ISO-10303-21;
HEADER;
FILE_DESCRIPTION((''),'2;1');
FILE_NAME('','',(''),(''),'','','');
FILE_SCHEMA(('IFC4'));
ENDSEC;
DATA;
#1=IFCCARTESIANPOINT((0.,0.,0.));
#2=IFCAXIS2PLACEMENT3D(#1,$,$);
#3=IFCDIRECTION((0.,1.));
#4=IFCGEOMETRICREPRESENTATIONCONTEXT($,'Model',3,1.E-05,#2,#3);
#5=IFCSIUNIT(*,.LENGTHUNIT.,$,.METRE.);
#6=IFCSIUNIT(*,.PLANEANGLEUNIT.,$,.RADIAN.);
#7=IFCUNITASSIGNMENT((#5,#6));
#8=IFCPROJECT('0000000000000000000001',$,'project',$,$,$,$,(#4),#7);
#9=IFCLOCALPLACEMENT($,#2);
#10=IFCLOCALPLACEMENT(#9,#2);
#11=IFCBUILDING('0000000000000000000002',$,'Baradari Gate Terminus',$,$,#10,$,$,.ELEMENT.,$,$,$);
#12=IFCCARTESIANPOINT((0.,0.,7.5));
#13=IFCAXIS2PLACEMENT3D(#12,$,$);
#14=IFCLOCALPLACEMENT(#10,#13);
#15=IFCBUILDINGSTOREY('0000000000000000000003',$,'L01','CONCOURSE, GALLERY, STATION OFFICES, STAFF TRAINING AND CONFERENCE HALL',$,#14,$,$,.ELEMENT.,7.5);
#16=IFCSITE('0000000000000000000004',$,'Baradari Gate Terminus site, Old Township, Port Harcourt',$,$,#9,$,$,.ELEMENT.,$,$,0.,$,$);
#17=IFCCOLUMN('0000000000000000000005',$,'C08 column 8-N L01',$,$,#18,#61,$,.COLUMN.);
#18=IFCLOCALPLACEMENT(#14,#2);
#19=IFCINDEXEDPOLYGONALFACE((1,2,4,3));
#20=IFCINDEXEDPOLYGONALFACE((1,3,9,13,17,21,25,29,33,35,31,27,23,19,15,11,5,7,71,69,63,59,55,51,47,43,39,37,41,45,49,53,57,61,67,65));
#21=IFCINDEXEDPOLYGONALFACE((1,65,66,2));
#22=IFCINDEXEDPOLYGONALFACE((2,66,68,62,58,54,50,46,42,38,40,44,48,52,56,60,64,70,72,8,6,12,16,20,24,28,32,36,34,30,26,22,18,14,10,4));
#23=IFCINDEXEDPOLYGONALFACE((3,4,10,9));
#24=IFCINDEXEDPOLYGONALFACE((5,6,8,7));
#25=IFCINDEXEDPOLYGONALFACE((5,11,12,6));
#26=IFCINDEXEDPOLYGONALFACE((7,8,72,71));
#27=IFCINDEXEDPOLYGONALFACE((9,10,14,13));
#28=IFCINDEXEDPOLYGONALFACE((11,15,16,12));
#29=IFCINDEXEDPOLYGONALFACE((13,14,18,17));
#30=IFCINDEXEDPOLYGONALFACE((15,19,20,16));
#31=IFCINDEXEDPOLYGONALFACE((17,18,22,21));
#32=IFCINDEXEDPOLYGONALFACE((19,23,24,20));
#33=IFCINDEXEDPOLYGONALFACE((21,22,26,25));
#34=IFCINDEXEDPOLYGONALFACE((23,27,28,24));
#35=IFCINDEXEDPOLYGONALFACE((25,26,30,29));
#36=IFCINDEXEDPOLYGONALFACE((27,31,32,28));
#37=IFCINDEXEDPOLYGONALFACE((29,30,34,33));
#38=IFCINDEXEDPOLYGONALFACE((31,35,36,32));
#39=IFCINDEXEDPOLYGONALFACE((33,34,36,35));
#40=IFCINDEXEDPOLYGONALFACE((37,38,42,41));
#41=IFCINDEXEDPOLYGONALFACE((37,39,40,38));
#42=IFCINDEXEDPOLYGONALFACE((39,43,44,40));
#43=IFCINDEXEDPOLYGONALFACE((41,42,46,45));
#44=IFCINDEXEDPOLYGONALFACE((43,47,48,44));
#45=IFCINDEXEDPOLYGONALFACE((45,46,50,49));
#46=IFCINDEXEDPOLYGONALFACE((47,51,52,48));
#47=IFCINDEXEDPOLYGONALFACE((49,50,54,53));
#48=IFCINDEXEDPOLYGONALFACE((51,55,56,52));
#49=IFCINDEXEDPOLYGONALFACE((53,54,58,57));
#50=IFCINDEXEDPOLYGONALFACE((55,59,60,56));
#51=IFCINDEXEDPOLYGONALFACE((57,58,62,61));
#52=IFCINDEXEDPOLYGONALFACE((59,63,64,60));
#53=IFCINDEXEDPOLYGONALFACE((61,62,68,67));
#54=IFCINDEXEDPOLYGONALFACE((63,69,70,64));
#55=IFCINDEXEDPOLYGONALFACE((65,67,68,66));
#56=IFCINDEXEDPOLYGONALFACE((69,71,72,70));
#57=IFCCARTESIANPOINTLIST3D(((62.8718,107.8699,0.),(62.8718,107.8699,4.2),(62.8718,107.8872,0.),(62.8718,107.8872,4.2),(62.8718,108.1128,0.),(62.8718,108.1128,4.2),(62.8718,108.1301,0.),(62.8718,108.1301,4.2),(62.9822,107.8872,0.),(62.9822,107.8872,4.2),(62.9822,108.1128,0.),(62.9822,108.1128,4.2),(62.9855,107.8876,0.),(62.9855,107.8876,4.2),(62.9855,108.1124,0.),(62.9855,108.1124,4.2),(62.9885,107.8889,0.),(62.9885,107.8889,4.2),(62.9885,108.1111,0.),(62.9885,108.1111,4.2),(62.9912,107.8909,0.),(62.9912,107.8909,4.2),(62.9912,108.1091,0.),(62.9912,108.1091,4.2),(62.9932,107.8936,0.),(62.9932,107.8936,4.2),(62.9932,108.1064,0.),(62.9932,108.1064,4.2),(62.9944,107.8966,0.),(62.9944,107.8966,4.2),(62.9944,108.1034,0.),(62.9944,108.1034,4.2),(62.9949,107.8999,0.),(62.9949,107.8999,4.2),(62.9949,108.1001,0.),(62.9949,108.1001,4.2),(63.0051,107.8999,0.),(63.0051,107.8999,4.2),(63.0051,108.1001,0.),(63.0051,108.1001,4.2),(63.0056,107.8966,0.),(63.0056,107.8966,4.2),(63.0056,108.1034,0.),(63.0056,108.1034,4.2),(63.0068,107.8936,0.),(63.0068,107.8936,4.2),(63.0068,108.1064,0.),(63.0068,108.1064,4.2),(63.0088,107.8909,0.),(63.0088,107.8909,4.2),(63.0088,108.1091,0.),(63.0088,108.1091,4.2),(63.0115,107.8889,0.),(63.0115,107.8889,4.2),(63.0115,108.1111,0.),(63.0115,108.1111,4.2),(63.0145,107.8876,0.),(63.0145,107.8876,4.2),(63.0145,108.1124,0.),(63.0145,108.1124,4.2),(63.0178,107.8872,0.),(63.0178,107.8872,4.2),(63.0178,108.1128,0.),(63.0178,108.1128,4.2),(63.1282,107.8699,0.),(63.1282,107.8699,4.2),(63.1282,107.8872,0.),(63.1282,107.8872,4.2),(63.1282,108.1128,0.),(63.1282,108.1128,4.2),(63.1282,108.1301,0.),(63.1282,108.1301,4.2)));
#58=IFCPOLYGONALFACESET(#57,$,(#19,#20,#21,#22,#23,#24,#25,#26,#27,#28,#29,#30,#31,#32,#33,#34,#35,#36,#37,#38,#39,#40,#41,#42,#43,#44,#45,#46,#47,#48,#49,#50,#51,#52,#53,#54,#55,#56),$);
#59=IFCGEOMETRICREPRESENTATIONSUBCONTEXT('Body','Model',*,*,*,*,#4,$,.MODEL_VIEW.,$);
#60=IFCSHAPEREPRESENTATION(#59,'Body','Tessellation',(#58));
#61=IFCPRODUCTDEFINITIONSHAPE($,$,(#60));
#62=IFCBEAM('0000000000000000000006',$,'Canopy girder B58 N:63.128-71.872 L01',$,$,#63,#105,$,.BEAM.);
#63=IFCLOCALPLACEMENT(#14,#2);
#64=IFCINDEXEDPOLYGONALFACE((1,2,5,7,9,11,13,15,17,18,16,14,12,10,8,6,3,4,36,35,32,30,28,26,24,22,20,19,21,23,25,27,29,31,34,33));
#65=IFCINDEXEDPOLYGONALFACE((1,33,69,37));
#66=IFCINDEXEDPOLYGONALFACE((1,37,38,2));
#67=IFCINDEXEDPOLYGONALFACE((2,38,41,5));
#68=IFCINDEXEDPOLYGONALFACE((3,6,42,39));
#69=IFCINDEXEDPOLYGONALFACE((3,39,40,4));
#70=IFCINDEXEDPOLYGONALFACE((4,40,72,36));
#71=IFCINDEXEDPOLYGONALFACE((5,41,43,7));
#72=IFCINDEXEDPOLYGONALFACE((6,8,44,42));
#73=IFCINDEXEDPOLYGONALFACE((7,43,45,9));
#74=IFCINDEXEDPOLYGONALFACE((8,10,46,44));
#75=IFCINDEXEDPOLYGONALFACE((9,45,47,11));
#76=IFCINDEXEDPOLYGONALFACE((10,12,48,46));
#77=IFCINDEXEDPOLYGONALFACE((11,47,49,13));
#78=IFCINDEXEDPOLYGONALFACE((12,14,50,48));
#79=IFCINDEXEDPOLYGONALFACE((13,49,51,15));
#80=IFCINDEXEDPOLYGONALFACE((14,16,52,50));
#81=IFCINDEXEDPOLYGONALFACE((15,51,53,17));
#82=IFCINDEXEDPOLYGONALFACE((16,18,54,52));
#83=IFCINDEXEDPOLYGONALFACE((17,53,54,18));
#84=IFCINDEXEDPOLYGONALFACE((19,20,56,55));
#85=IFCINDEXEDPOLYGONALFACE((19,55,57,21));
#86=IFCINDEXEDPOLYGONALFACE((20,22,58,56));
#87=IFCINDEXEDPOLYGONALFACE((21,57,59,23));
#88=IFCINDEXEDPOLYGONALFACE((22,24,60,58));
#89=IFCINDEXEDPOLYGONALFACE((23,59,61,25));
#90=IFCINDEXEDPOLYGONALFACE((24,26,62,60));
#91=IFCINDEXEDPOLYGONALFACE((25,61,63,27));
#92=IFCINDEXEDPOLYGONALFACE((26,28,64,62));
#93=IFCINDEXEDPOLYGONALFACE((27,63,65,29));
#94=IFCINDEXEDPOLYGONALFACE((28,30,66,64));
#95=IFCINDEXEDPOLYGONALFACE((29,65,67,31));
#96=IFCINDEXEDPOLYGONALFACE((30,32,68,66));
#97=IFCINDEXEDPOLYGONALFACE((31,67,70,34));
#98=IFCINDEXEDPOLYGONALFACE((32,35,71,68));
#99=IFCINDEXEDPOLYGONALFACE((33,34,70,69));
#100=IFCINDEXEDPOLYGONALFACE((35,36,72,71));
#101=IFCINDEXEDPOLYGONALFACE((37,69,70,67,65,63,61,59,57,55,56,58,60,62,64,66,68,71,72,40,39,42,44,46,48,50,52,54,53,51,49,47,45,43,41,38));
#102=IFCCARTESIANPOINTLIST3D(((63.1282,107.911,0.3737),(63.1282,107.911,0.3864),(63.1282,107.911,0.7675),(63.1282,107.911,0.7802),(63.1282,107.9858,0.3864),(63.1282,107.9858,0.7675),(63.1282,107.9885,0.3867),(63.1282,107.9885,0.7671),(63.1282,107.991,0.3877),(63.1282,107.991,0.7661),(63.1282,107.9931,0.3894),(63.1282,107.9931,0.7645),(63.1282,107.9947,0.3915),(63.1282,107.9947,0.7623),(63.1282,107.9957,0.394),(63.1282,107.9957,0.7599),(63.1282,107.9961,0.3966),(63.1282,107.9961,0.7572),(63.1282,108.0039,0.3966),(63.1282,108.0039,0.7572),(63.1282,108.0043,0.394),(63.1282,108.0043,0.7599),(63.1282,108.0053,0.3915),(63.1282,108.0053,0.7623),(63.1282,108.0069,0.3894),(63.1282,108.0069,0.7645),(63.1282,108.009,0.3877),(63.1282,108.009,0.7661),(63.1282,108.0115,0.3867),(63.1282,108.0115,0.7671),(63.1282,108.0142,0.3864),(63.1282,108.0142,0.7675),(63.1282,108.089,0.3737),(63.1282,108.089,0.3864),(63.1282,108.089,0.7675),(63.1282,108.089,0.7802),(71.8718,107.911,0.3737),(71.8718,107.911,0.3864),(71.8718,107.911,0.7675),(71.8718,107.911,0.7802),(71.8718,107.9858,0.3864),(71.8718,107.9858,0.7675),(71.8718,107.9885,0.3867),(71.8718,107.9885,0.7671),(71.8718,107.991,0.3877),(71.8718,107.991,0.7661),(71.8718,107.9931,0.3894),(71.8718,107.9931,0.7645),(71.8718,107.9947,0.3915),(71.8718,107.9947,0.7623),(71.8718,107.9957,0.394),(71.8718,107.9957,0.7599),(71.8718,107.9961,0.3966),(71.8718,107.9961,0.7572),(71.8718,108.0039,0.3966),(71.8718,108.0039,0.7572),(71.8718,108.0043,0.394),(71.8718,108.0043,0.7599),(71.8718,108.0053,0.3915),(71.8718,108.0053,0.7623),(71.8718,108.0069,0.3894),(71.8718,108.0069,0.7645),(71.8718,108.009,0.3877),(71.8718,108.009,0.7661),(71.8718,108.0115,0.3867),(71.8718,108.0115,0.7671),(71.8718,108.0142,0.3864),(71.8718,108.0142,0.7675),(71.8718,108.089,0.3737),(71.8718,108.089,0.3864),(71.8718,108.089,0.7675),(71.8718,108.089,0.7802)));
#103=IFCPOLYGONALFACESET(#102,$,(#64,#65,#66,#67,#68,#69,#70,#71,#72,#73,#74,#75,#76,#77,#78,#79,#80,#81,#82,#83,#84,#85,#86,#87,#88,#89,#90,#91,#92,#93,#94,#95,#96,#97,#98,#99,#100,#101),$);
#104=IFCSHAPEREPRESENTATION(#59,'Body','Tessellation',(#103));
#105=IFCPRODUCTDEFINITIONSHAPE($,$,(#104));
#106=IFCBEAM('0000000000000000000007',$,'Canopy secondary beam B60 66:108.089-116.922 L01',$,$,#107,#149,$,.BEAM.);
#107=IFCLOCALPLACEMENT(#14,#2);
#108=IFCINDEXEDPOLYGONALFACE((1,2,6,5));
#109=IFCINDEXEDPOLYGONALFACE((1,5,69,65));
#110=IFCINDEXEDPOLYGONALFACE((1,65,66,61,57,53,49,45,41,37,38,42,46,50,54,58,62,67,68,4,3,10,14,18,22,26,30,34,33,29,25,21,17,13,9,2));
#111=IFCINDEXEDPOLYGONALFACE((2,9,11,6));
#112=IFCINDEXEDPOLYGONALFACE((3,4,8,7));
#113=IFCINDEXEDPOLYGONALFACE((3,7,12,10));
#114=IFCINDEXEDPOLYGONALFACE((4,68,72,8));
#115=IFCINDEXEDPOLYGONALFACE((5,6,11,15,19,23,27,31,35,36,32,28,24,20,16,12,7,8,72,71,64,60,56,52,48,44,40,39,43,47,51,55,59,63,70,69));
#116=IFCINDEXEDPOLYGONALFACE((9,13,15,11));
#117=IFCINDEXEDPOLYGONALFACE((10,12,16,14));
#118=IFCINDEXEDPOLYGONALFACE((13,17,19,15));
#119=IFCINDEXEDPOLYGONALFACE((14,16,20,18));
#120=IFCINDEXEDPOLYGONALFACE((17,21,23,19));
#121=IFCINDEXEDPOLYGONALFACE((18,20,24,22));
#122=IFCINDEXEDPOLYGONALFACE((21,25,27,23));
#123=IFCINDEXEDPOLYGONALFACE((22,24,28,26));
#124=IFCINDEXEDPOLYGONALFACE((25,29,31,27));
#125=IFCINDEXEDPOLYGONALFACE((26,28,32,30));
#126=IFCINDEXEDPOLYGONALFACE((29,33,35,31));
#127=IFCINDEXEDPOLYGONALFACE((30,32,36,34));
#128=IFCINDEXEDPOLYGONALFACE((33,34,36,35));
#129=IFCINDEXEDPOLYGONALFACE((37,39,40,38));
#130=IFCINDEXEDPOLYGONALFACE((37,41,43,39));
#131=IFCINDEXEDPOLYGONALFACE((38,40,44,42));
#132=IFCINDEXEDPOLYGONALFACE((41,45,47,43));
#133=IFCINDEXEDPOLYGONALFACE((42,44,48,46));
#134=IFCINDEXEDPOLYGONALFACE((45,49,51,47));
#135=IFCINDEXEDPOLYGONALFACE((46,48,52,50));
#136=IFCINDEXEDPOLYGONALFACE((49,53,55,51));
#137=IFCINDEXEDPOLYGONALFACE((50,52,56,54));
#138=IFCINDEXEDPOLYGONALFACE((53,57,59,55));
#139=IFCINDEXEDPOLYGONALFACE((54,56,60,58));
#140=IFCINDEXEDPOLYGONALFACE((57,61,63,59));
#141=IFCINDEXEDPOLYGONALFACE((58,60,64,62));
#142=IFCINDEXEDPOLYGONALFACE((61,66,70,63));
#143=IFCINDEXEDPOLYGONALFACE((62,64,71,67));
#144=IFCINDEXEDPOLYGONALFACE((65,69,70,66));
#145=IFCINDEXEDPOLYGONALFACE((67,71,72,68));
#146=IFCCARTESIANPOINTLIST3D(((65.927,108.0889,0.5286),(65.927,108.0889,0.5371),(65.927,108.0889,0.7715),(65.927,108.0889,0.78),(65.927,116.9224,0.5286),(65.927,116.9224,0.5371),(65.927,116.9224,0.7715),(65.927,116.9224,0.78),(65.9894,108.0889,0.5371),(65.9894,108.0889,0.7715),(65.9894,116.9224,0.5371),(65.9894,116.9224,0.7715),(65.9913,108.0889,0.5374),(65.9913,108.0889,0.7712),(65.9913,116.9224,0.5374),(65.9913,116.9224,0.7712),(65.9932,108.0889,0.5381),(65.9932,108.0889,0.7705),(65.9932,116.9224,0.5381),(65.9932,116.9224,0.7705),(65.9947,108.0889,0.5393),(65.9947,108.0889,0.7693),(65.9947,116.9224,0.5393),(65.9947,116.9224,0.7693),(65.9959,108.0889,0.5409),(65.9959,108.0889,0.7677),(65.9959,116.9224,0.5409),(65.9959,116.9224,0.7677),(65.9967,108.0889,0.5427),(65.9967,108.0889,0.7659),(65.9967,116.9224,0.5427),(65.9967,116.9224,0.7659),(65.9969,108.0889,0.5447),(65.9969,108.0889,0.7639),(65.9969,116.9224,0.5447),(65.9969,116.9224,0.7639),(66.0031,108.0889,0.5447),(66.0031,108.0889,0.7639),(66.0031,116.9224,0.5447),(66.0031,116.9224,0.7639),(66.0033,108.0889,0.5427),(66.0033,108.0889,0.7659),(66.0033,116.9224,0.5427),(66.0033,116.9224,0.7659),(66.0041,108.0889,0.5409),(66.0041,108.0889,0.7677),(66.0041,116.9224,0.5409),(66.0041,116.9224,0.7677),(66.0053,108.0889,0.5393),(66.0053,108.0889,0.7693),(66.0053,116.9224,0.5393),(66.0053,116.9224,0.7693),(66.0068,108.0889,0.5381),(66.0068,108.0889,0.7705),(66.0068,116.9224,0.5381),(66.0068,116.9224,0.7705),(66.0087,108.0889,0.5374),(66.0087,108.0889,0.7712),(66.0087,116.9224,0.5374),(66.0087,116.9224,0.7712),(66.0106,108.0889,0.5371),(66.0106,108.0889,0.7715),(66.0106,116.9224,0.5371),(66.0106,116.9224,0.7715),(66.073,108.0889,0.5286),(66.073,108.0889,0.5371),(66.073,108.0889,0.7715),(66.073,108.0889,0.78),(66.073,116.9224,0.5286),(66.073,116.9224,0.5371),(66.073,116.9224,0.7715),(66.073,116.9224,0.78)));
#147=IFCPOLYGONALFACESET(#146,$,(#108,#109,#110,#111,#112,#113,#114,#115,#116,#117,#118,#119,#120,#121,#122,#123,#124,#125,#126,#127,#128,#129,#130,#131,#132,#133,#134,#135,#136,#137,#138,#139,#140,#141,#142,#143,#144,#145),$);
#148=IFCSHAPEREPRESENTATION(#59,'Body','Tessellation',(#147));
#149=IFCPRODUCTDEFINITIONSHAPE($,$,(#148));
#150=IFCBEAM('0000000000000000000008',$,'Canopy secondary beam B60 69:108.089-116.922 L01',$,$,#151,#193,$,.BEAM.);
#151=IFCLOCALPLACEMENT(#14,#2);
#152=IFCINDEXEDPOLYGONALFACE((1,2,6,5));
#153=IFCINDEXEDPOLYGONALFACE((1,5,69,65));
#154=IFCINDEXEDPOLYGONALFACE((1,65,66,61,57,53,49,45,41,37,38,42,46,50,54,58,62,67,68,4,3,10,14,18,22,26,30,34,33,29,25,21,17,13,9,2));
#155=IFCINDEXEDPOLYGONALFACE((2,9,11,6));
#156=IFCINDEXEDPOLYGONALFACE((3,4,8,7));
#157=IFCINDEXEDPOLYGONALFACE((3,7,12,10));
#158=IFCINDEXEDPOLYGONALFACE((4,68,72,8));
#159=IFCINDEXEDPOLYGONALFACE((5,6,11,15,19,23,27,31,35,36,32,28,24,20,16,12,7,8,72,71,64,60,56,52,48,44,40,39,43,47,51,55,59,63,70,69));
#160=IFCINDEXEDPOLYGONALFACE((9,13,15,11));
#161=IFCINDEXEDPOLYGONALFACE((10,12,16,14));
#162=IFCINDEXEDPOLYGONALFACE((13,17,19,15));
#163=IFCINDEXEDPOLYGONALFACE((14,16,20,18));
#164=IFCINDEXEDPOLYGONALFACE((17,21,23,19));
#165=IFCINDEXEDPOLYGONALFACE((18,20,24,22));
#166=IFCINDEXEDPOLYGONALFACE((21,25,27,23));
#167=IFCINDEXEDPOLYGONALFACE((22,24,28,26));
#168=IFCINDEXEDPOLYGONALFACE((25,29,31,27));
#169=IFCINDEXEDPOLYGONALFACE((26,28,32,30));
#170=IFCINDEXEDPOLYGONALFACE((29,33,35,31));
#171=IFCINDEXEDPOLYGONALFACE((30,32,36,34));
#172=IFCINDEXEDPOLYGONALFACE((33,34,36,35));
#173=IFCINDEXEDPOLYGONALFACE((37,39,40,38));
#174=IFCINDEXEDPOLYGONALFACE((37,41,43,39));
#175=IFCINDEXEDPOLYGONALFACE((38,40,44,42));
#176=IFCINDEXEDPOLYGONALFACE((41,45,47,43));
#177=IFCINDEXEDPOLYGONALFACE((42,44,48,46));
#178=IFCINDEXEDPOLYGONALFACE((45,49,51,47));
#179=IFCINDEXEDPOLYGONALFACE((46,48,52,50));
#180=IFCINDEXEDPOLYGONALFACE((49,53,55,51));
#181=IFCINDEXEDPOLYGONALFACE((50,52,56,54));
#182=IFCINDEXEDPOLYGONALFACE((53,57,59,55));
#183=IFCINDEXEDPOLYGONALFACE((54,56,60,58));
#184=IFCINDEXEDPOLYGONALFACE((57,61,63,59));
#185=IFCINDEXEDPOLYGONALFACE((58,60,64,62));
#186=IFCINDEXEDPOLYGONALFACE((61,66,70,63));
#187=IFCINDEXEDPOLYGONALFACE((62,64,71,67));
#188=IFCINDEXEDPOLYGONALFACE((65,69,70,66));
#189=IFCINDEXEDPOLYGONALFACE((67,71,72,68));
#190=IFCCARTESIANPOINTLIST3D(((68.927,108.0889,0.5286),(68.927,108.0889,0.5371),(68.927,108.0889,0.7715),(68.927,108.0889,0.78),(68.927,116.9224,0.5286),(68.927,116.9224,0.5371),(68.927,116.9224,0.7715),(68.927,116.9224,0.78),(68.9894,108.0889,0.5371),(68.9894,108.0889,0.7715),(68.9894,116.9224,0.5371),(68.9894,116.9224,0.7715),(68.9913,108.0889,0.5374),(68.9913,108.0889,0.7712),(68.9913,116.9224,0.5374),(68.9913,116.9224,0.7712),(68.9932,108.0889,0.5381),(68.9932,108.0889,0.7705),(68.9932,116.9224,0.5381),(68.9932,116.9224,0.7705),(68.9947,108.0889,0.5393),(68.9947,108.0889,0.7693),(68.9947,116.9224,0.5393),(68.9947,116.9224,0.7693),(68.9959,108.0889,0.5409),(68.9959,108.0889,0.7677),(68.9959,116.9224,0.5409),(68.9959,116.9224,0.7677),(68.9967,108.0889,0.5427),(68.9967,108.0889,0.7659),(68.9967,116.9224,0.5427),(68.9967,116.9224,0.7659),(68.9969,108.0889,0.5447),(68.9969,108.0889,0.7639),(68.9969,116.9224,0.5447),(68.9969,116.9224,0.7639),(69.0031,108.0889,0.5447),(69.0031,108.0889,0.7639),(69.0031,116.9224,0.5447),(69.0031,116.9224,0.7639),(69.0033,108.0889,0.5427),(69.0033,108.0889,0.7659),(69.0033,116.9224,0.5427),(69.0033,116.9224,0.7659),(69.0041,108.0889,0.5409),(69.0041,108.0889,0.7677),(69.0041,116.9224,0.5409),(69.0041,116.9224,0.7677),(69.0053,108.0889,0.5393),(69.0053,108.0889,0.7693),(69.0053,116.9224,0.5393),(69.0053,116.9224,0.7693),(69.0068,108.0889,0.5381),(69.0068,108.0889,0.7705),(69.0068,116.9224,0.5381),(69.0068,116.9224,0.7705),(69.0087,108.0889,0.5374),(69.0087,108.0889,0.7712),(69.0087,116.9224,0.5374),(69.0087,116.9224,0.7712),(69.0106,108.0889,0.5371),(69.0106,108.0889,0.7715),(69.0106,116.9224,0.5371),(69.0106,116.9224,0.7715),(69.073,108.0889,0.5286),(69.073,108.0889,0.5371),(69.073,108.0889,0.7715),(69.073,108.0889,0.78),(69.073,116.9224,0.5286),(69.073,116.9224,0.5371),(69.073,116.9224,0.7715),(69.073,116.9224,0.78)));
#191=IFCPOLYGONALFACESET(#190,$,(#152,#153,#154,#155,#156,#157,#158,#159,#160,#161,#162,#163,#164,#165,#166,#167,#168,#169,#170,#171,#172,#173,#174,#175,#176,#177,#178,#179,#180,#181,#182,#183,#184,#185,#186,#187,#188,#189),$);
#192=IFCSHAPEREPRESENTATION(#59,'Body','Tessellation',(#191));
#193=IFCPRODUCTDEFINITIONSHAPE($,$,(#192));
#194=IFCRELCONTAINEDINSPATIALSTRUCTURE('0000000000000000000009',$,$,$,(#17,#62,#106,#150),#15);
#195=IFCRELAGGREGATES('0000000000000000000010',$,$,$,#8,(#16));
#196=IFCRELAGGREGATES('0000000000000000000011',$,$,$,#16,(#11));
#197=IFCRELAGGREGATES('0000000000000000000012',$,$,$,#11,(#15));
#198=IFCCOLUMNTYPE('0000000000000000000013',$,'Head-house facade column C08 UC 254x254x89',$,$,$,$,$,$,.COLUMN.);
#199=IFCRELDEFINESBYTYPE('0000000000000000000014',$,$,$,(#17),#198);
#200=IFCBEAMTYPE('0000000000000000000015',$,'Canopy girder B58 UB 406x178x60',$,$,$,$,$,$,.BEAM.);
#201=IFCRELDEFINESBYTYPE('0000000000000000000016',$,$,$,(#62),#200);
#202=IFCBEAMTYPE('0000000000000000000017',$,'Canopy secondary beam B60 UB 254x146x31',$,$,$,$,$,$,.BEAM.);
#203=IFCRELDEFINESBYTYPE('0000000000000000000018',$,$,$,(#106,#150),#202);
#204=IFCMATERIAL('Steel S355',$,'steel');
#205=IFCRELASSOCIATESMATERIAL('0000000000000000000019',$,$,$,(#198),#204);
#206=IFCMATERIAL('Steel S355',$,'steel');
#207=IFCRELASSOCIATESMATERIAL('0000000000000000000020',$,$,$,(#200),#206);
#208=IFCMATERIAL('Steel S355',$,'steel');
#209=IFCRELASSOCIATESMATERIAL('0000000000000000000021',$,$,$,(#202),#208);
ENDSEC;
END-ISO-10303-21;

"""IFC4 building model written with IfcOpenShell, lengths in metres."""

from ifc_helpers import new_model, si_unit, direction, frame, origin, origin_2d, place, context, subcontext, project, spatial, i_section, extrude, material, material_profile, profile_set, type_object, element, save


model = new_model("IFC4")

# Units and contexts
model_context = context("Model", 3, precision=1e-05, world=origin(), true_north=direction((0.0, 1.0)))
body_context = subcontext(model_context, "Body", "Model", "MODEL_VIEW")
ifc_project = project(units=[si_unit("LENGTHUNIT", "METRE"), si_unit("PLANEANGLEUNIT", "RADIAN")], contexts=[model_context])

# Site, building, storey
site_placement = place(None, origin())
site = spatial("IfcSite", under=ifc_project, at=site_placement, Name="Baradari Gate Terminus site, Old Township, Port Harcourt", CompositionType="ELEMENT", RefElevation=0.0)
building_placement = place(site_placement, origin())
building = spatial("IfcBuilding", under=site, at=building_placement, Name="Baradari Gate Terminus", CompositionType="ELEMENT")
storey_placement = place(building_placement, frame((0.0, 0.0, 7.5)))
storey = spatial("IfcBuildingStorey", under=building, at=storey_placement, Name="L01", Description="CONCOURSE, GALLERY, STATION OFFICES, STAFF TRAINING AND CONFERENCE HALL", CompositionType="ELEMENT", Elevation=7.5)

# Column
ifc_material_1 = material(Name="Steel S355", Category="steel")
ifc_material_profile_1 = material_profile(ifc_material_1, i_section(OverallWidth=0.2563, OverallDepth=0.2603, WebThickness=0.0103, FlangeThickness=0.0173, FilletRadius=0.0127, at=origin_2d()), Name="UC 254x254x89")
ifc_profile_set_1 = profile_set([ifc_material_profile_1], Name="Steel S355")
column_type = type_object("IfcColumnType", Name="Head-house facade column C08 UC 254x254x89", PredefinedType="COLUMN", material=ifc_profile_set_1)
column_placement = place(storey_placement, frame((63.0, 108.0, 0.0), z_axis=(0.0, 0.0, 1.0), x_axis=(1.0, 0.0, 0.0)))
element("IfcColumn", 1, at=column_placement, inside=storey, type_object=column_type, Name="C08 column 8-N L01", PredefinedType="COLUMN", context=body_context, shape_type="SweptSolid", body=[
    extrude(i_section(OverallWidth=0.2563, OverallDepth=0.2603, WebThickness=0.0103, FlangeThickness=0.0173, FilletRadius=0.0127, at=origin_2d()), origin(), (0.0, 0.0, 1.0), 4.2),
])

# Beams
ifc_material_2 = material(Name="Steel S355", Category="steel")
ifc_material_profile_2 = material_profile(ifc_material_2, i_section(OverallWidth=0.178, OverallDepth=0.4065, WebThickness=0.0078, FlangeThickness=0.0127, FilletRadius=0.0103, at=origin_2d()), Name="UB 406x178x60")
ifc_profile_set_2 = profile_set([ifc_material_profile_2], Name="Steel S355")
beam_type_1 = type_object("IfcBeamType", Name="Canopy girder B58 UB 406x178x60", PredefinedType="BEAM", material=ifc_profile_set_2)
beam_1_placement = place(storey_placement, frame((63.1282, 108.0, 0.5769), z_axis=(1.0, 0.0, 0.0), x_axis=(0.0, 1.0, 0.0)))
element("IfcBeam", 2, at=beam_1_placement, inside=storey, type_object=beam_type_1, Name="Canopy girder B58 N:63.128-71.872 L01", PredefinedType="BEAM", context=body_context, shape_type="SweptSolid", body=[
    extrude(i_section(OverallWidth=0.178, OverallDepth=0.4065, WebThickness=0.0078, FlangeThickness=0.0127, FilletRadius=0.0103, at=origin_2d()), origin(), (0.0, 0.0, 1.0), 8.7437),
])
ifc_material_3 = material(Name="Steel S355", Category="steel")
ifc_material_profile_3 = material_profile(ifc_material_3, i_section(OverallWidth=0.146, OverallDepth=0.2515, WebThickness=0.0061, FlangeThickness=0.0085, FilletRadius=0.0076, at=origin_2d()), Name="UB 254x146x31")
ifc_profile_set_3 = profile_set([ifc_material_profile_3], Name="Steel S355")
beam_type_2 = type_object("IfcBeamType", Name="Canopy secondary beam B60 UB 254x146x31", PredefinedType="BEAM", material=ifc_profile_set_3)
for number, where, z_axis, x_axis, name in (
    (3, (66.0, 108.0889, 0.6543), (0.0, 1.0, 0.0), (-1.0, 0.0, 0.0), "Canopy secondary beam B60 66:108.089-116.922 L01"),
    (4, (69.0, 108.0889, 0.6543), (0.0, 1.0, 0.0), (-1.0, 0.0, 0.0), "Canopy secondary beam B60 69:108.089-116.922 L01"),
):
    element("IfcBeam", number, at=place(storey_placement, frame(where, z_axis=z_axis, x_axis=x_axis)), inside=storey, type_object=beam_type_2, Name=name, PredefinedType="BEAM", context=body_context, shape_type="SweptSolid", body=[
        extrude(i_section(OverallWidth=0.146, OverallDepth=0.2515, WebThickness=0.0061, FlangeThickness=0.0085, FilletRadius=0.0076, at=origin_2d()), origin(), (0.0, 0.0, 1.0), 8.8335),
    ])

save(model, "model.ifc")
